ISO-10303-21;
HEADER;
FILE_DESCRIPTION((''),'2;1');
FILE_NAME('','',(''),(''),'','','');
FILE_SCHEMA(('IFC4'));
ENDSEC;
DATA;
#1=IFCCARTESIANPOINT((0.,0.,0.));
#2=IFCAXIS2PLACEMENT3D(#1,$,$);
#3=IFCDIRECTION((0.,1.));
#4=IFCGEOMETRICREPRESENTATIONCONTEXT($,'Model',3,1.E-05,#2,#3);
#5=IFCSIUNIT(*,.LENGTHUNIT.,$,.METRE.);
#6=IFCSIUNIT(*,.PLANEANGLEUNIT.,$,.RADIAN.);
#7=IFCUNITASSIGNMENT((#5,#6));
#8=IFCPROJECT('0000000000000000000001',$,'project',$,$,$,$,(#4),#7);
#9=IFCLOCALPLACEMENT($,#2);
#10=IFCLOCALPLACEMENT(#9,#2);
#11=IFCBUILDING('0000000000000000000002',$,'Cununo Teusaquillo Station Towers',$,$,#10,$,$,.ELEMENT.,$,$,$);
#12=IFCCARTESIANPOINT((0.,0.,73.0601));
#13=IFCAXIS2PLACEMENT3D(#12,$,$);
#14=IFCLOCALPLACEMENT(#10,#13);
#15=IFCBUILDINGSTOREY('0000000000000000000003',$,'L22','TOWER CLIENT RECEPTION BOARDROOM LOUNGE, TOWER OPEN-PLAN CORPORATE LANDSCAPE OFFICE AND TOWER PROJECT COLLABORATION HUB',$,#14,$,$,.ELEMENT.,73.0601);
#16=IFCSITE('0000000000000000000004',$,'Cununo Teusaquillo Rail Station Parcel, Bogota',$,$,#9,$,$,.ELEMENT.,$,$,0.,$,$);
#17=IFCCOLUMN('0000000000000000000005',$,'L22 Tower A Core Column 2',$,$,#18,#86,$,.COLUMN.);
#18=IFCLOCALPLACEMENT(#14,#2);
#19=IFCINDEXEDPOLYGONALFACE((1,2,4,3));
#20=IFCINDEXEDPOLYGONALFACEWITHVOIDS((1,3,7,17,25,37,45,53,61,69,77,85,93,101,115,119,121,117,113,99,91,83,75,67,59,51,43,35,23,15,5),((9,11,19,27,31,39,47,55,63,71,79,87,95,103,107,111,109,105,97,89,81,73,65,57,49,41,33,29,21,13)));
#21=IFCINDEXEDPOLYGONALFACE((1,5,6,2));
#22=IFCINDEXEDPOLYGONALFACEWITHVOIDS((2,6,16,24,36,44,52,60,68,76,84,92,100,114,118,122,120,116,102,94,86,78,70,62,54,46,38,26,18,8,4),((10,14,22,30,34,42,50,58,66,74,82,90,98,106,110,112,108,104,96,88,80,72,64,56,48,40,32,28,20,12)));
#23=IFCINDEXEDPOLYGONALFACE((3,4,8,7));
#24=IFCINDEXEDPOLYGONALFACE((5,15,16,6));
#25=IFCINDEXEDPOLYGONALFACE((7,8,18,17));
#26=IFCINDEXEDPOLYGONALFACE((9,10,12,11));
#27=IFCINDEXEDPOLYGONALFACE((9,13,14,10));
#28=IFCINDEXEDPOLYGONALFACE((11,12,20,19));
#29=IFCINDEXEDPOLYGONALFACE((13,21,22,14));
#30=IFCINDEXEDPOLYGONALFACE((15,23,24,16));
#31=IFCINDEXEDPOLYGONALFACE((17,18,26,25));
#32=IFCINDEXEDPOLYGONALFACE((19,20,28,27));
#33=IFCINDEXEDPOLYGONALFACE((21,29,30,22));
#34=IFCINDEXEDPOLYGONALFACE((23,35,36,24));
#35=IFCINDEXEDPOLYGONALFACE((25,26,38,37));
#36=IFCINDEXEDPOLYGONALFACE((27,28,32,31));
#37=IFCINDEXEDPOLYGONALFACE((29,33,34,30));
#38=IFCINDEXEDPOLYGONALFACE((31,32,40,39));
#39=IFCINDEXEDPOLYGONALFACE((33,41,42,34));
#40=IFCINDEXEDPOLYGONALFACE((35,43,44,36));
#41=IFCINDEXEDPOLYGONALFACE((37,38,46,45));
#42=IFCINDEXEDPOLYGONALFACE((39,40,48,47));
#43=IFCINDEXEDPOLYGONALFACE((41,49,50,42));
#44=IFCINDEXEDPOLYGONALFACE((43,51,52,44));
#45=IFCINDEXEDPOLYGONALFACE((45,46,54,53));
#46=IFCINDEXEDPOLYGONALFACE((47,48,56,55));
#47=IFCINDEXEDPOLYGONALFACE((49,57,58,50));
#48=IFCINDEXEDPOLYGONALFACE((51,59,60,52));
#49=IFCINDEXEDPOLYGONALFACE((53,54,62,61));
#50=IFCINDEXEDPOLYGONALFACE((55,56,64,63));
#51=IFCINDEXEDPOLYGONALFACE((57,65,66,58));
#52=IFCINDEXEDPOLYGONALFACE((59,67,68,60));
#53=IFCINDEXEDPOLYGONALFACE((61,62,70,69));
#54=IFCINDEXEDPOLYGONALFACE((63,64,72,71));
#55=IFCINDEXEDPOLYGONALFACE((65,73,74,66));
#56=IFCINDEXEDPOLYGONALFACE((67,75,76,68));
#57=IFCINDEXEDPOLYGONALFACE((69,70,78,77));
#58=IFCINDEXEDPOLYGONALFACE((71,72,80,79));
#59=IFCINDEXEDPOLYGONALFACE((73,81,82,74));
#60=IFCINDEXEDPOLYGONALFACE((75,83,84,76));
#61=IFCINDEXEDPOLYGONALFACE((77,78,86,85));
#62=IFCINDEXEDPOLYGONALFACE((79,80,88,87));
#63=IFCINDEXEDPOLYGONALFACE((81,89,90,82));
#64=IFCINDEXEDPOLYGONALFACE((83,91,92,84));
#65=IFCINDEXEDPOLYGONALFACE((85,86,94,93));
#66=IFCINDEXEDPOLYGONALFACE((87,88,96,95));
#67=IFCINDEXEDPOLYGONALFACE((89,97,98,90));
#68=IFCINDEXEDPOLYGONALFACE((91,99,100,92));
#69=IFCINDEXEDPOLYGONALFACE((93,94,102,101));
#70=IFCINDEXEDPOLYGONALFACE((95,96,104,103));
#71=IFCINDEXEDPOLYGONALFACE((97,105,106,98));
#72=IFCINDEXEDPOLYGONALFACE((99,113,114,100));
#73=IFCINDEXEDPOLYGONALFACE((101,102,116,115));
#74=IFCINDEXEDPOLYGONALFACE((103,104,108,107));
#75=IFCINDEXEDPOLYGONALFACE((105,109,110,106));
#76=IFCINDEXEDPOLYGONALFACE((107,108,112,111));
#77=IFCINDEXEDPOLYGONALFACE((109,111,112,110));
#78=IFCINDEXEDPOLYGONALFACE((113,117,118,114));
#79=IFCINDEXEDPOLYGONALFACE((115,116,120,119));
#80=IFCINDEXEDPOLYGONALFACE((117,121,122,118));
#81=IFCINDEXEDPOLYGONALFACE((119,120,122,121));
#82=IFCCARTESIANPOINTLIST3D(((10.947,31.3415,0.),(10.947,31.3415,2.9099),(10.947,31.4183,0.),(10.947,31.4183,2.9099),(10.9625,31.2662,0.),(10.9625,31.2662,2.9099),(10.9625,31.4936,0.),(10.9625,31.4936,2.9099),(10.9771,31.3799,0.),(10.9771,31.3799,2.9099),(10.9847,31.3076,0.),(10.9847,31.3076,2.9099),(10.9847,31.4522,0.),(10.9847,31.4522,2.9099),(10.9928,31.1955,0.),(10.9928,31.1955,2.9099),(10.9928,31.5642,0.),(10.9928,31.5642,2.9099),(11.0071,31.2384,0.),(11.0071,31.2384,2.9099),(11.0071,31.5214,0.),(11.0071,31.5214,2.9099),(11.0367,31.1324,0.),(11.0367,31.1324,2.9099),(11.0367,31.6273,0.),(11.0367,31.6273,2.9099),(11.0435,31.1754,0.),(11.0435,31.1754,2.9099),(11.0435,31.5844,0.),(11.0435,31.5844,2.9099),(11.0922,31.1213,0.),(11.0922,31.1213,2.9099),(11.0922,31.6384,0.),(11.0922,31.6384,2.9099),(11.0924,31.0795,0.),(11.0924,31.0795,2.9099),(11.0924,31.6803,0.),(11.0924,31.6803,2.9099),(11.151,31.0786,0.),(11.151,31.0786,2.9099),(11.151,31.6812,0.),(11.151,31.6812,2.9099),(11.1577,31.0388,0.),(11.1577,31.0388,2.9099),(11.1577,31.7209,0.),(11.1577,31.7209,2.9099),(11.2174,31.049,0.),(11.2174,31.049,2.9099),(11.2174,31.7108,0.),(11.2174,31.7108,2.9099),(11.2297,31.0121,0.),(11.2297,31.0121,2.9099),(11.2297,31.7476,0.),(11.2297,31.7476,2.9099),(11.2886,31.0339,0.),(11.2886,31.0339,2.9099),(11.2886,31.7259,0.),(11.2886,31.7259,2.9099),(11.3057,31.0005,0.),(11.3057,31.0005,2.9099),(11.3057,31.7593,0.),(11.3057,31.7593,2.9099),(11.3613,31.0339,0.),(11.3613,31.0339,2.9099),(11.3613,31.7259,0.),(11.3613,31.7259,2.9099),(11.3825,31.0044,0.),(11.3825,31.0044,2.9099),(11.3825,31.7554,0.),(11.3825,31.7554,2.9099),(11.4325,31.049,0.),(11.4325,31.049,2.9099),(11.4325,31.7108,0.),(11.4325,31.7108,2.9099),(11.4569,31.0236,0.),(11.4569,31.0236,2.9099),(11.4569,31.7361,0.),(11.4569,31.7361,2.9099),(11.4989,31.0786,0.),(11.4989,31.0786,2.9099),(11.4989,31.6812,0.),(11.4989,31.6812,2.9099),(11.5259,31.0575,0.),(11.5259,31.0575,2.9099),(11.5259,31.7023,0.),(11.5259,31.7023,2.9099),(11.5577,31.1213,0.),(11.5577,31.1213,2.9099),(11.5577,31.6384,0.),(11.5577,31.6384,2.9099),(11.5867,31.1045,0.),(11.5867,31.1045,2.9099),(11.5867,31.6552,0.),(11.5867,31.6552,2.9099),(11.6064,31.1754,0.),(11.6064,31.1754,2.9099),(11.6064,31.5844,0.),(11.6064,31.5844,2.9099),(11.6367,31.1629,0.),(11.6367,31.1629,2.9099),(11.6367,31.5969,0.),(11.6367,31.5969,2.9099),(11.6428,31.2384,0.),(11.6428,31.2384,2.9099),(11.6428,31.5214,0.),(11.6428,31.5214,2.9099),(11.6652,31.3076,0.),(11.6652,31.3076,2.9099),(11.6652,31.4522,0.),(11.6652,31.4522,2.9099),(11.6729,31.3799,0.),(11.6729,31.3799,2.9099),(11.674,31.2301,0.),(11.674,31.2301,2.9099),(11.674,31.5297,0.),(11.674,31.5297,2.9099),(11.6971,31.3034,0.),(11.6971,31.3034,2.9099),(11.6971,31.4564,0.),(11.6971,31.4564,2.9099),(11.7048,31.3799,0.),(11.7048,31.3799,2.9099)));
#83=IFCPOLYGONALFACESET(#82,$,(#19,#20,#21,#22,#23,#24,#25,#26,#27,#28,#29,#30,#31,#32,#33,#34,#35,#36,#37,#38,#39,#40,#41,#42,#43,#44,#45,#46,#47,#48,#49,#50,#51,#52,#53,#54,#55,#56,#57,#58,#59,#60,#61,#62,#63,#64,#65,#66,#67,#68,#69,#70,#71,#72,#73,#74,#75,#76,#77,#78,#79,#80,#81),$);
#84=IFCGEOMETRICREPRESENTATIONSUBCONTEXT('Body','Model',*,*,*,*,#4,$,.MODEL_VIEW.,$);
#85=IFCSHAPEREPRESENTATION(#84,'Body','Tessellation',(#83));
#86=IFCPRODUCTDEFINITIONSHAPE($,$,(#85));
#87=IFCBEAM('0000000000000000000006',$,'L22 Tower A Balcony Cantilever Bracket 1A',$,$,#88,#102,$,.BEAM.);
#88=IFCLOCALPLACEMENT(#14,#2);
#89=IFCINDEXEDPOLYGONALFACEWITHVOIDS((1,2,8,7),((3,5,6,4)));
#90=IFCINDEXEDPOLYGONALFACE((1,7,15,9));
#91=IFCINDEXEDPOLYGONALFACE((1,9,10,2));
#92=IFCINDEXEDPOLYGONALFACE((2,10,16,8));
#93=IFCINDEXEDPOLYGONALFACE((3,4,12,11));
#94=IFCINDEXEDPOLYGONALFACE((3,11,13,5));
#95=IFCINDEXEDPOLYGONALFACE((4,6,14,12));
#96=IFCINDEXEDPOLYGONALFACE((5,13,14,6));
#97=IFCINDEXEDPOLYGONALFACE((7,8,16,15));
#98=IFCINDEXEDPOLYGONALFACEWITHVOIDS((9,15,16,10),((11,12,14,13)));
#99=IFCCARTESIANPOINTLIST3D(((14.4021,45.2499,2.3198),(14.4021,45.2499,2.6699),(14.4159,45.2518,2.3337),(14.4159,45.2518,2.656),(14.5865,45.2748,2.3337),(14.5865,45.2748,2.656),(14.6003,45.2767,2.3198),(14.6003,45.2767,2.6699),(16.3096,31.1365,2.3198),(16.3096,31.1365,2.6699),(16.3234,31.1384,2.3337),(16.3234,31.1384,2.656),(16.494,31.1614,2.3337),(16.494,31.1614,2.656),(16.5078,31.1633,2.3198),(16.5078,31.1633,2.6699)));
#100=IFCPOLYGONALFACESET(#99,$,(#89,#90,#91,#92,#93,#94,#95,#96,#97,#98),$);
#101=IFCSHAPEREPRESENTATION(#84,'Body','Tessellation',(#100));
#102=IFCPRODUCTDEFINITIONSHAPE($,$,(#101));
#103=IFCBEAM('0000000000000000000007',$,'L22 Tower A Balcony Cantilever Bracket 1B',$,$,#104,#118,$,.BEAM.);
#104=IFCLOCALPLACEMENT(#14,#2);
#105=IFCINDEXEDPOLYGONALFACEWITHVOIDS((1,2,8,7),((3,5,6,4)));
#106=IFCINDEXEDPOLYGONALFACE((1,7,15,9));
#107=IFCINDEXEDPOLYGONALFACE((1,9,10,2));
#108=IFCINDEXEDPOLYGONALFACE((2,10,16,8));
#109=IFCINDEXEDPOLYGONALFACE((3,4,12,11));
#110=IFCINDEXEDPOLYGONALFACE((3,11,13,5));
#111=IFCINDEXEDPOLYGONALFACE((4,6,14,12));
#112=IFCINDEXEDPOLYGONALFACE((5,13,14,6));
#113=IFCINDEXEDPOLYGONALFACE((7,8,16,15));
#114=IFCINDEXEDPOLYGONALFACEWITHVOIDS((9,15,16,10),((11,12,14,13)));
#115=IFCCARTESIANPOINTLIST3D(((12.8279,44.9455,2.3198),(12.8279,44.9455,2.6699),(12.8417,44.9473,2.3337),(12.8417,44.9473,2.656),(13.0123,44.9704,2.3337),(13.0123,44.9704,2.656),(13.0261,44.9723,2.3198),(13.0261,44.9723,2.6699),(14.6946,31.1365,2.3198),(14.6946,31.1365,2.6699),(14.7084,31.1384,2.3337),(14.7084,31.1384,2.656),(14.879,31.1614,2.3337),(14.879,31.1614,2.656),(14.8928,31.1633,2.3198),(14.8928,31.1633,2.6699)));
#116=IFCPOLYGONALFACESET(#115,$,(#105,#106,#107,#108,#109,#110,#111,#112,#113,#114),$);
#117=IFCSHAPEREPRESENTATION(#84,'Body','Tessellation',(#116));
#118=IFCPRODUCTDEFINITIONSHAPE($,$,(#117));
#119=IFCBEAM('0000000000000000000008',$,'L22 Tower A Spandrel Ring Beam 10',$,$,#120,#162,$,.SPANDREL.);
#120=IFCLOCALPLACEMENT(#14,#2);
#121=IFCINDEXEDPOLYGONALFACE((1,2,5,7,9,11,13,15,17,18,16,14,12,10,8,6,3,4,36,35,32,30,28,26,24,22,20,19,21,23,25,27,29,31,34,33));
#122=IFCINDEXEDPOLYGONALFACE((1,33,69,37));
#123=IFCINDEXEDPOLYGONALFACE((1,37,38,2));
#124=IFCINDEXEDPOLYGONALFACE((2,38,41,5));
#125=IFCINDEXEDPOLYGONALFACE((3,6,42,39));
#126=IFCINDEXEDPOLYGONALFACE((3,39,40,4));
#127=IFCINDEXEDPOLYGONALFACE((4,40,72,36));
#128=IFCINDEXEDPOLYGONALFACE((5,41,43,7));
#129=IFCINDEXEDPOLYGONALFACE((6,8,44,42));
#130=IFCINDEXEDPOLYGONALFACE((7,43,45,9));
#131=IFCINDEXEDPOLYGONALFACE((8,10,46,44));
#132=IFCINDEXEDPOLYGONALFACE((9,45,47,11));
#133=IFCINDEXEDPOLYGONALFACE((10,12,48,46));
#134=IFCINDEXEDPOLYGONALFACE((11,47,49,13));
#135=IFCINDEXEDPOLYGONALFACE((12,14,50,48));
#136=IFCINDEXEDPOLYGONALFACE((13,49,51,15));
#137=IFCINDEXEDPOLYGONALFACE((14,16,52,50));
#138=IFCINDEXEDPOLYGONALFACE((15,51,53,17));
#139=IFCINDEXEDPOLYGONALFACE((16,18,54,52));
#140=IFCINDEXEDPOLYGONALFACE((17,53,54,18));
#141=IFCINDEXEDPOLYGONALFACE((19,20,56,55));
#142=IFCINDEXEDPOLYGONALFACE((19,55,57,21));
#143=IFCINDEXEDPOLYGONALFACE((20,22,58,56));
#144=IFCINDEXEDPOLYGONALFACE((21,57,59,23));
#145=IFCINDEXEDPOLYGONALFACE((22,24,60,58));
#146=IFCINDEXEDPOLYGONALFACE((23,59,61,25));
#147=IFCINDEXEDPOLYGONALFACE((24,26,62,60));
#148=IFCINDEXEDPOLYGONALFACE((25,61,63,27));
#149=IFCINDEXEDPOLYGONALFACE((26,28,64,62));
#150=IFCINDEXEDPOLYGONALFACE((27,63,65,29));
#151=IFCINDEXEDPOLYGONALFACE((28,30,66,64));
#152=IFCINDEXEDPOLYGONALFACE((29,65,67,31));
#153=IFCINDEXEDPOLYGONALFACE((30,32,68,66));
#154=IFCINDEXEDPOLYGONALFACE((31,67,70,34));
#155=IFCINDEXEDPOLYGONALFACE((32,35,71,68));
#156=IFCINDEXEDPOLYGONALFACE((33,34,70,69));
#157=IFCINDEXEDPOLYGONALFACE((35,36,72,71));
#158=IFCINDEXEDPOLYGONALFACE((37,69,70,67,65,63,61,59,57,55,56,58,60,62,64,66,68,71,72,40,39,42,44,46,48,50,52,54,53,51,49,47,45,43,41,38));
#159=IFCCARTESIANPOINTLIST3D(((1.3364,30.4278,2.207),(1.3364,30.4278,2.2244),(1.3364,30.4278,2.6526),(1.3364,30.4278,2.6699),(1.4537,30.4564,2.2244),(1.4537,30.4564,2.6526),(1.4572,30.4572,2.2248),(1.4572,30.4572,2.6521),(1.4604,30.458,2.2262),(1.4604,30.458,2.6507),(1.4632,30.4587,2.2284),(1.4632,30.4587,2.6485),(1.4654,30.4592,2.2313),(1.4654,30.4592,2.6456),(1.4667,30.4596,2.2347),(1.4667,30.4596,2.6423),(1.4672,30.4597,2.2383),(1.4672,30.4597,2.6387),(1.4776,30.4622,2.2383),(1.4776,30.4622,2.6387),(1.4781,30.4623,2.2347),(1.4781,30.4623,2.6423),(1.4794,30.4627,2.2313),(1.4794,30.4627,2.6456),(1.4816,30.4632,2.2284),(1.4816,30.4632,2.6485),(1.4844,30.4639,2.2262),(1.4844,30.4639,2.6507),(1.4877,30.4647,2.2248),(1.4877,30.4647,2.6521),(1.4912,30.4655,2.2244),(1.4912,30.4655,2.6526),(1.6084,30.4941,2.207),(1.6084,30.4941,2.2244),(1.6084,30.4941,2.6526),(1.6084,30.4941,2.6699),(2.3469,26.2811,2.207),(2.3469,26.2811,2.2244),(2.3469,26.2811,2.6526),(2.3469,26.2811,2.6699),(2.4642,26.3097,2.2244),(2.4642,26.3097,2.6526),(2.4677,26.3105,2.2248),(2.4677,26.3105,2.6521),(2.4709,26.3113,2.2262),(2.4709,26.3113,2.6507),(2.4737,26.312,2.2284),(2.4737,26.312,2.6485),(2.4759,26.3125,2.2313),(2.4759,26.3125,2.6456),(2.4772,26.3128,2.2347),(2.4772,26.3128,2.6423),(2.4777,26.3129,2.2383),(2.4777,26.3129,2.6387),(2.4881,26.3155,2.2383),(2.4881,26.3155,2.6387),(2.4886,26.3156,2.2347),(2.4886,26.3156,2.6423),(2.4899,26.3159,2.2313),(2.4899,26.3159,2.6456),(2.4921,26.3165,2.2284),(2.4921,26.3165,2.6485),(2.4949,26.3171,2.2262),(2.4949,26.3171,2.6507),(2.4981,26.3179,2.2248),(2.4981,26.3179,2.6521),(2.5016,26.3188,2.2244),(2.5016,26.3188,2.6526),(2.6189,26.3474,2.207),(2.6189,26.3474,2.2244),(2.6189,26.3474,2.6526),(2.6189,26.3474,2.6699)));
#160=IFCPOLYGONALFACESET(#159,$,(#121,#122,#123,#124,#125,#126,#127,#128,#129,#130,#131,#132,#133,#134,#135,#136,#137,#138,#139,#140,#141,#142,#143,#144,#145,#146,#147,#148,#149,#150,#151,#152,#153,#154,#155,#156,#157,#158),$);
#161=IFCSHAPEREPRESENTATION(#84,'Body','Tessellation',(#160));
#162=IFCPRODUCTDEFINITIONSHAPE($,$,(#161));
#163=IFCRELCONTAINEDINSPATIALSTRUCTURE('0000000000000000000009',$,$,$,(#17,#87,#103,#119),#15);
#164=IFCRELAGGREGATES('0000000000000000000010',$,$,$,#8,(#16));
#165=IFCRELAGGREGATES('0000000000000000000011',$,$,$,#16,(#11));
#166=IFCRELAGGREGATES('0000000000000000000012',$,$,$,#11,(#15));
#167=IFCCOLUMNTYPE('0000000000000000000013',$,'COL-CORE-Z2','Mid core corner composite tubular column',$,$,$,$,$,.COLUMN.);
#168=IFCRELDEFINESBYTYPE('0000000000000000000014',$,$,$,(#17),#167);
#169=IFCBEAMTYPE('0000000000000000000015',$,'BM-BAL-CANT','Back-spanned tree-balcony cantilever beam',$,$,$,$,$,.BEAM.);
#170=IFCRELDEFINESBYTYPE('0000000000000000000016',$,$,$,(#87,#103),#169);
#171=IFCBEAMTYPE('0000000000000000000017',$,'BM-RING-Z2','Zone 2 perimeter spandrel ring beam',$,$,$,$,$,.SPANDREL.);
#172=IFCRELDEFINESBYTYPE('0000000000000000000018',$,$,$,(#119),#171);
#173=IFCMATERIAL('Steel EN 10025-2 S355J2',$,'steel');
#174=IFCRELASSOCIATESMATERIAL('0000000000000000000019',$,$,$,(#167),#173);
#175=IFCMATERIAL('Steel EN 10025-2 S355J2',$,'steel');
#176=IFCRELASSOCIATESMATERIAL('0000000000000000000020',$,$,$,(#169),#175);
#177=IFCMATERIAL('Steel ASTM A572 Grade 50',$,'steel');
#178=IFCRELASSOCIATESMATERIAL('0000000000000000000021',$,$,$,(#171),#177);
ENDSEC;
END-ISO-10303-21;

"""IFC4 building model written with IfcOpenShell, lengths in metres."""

from ifc_helpers import new_model, si_unit, direction, frame, origin, origin_2d, place, context, subcontext, project, spatial, hollow_rectangle, hollow_circle, i_section, extrude, material, material_profile, profile_set, type_object, element, save


model = new_model("IFC4")

# Units and contexts
model_context = context("Model", 3, precision=1e-05, world=origin(), true_north=direction((0.0, 1.0)))
body_context = subcontext(model_context, "Body", "Model", "MODEL_VIEW")
ifc_project = project(units=[si_unit("LENGTHUNIT", "METRE"), si_unit("PLANEANGLEUNIT", "RADIAN")], contexts=[model_context])

# Site, building, storey
site_placement = place(None, origin())
site = spatial("IfcSite", under=ifc_project, at=site_placement, Name="Cununo Teusaquillo Rail Station Parcel, Bogota", CompositionType="ELEMENT", RefElevation=0.0)
building_placement = place(site_placement, origin())
building = spatial("IfcBuilding", under=site, at=building_placement, Name="Cununo Teusaquillo Station Towers", CompositionType="ELEMENT")
storey_placement = place(building_placement, frame((0.0, 0.0, 73.0601)))
storey = spatial("IfcBuildingStorey", under=building, at=storey_placement, Name="L22", Description="TOWER CLIENT RECEPTION BOARDROOM LOUNGE, TOWER OPEN-PLAN CORPORATE LANDSCAPE OFFICE AND TOWER PROJECT COLLABORATION HUB", CompositionType="ELEMENT", Elevation=73.0601)

# Column
ifc_material_1 = material(Name="Steel EN 10025-2 S355J2", Category="steel")
ifc_material_profile_1 = material_profile(ifc_material_1, hollow_circle(Radius=0.3799, WallThickness=0.032, at=origin_2d()), Name="CHS 760x32")
ifc_profile_set_1 = profile_set([ifc_material_profile_1], Name="Steel EN 10025-2 S355J2")
column_type = type_object("IfcColumnType", Name="COL-CORE-Z2", Description="Mid core corner composite tubular column", PredefinedType="COLUMN", material=ifc_profile_set_1)
column_placement = place(storey_placement, frame((11.325, 31.3799, 0.0), z_axis=(0.0, 0.0, 1.0), x_axis=(1.0, 0.0, 0.0)))
element("IfcColumn", 1, at=column_placement, inside=storey, type_object=column_type, Name="L22 Tower A Core Column 2", PredefinedType="COLUMN", context=body_context, shape_type="SweptSolid", body=[
    extrude(hollow_circle(Radius=0.3799, WallThickness=0.032, at=origin_2d()), origin(), (0.0, 0.0, 1.0), 2.9099),
])

# Beams
ifc_material_2 = material(Name="Steel EN 10025-2 S355J2", Category="steel")
ifc_material_profile_2 = material_profile(ifc_material_2, hollow_rectangle(XDim=0.2, YDim=0.3501, WallThickness=0.0139, at=origin_2d()), Name="RHS 350x200x14")
ifc_profile_set_2 = profile_set([ifc_material_profile_2], Name="Steel EN 10025-2 S355J2")
beam_type_1 = type_object("IfcBeamType", Name="BM-BAL-CANT", Description="Back-spanned tree-balcony cantilever beam", PredefinedType="BEAM", material=ifc_profile_set_2)
beam_1_placement = place(storey_placement, frame((16.4087, 31.1499, 2.4949), z_axis=(-0.133937, 0.99099, 0.0), x_axis=(-0.99099, -0.133937, 0.0)))
element("IfcBeam", 2, at=beam_1_placement, inside=storey, type_object=beam_type_1, Name="L22 Tower A Balcony Cantilever Bracket 1A", PredefinedType="BEAM", context=body_context, shape_type="SweptSolid", body=[
    extrude(hollow_rectangle(XDim=0.2, YDim=0.3501, WallThickness=0.0139, at=origin_2d()), origin(), (0.0, 0.0, 1.0), 14.2417),
])
beam_2_placement = place(storey_placement, frame((14.7937, 31.1499, 2.4949), z_axis=(-0.133961, 0.990987, 0.0), x_axis=(-0.990987, -0.133961, 0.0)))
element("IfcBeam", 3, at=beam_2_placement, inside=storey, type_object=beam_type_1, Name="L22 Tower A Balcony Cantilever Bracket 1B", PredefinedType="BEAM", context=body_context, shape_type="SweptSolid", body=[
    extrude(hollow_rectangle(XDim=0.2, YDim=0.3501, WallThickness=0.0139, at=origin_2d()), origin(), (0.0, 0.0, 1.0), 13.9346),
])
ifc_material_3 = material(Name="Steel ASTM A572 Grade 50", Category="steel")
ifc_material_profile_3 = material_profile(ifc_material_3, i_section(OverallWidth=0.28, OverallDepth=0.4629, WebThickness=0.0107, FlangeThickness=0.0173, FilletRadius=0.0139, at=origin_2d()), Name="W18X76")
ifc_profile_set_3 = profile_set([ifc_material_profile_3], Name="Steel ASTM A572 Grade 50")
beam_type_2 = type_object("IfcBeamType", Name="BM-RING-Z2", Description="Zone 2 perimeter spandrel ring beam", PredefinedType="SPANDREL", material=ifc_profile_set_3)
beam_3_placement = place(storey_placement, frame((1.4724, 30.4609, 2.4385), z_axis=(0.236757, -0.971569, 0.0), x_axis=(0.971569, 0.236757, 0.0)))
element("IfcBeam", 4, at=beam_3_placement, inside=storey, type_object=beam_type_2, Name="L22 Tower A Spandrel Ring Beam 10", PredefinedType="SPANDREL", context=body_context, shape_type="SweptSolid", body=[
    extrude(i_section(OverallWidth=0.28, OverallDepth=0.4629, WebThickness=0.0107, FlangeThickness=0.0173, FilletRadius=0.0139, at=origin_2d()), origin(), (0.0, 0.0, 1.0), 4.2681),
])

save(model, "model.ifc")
